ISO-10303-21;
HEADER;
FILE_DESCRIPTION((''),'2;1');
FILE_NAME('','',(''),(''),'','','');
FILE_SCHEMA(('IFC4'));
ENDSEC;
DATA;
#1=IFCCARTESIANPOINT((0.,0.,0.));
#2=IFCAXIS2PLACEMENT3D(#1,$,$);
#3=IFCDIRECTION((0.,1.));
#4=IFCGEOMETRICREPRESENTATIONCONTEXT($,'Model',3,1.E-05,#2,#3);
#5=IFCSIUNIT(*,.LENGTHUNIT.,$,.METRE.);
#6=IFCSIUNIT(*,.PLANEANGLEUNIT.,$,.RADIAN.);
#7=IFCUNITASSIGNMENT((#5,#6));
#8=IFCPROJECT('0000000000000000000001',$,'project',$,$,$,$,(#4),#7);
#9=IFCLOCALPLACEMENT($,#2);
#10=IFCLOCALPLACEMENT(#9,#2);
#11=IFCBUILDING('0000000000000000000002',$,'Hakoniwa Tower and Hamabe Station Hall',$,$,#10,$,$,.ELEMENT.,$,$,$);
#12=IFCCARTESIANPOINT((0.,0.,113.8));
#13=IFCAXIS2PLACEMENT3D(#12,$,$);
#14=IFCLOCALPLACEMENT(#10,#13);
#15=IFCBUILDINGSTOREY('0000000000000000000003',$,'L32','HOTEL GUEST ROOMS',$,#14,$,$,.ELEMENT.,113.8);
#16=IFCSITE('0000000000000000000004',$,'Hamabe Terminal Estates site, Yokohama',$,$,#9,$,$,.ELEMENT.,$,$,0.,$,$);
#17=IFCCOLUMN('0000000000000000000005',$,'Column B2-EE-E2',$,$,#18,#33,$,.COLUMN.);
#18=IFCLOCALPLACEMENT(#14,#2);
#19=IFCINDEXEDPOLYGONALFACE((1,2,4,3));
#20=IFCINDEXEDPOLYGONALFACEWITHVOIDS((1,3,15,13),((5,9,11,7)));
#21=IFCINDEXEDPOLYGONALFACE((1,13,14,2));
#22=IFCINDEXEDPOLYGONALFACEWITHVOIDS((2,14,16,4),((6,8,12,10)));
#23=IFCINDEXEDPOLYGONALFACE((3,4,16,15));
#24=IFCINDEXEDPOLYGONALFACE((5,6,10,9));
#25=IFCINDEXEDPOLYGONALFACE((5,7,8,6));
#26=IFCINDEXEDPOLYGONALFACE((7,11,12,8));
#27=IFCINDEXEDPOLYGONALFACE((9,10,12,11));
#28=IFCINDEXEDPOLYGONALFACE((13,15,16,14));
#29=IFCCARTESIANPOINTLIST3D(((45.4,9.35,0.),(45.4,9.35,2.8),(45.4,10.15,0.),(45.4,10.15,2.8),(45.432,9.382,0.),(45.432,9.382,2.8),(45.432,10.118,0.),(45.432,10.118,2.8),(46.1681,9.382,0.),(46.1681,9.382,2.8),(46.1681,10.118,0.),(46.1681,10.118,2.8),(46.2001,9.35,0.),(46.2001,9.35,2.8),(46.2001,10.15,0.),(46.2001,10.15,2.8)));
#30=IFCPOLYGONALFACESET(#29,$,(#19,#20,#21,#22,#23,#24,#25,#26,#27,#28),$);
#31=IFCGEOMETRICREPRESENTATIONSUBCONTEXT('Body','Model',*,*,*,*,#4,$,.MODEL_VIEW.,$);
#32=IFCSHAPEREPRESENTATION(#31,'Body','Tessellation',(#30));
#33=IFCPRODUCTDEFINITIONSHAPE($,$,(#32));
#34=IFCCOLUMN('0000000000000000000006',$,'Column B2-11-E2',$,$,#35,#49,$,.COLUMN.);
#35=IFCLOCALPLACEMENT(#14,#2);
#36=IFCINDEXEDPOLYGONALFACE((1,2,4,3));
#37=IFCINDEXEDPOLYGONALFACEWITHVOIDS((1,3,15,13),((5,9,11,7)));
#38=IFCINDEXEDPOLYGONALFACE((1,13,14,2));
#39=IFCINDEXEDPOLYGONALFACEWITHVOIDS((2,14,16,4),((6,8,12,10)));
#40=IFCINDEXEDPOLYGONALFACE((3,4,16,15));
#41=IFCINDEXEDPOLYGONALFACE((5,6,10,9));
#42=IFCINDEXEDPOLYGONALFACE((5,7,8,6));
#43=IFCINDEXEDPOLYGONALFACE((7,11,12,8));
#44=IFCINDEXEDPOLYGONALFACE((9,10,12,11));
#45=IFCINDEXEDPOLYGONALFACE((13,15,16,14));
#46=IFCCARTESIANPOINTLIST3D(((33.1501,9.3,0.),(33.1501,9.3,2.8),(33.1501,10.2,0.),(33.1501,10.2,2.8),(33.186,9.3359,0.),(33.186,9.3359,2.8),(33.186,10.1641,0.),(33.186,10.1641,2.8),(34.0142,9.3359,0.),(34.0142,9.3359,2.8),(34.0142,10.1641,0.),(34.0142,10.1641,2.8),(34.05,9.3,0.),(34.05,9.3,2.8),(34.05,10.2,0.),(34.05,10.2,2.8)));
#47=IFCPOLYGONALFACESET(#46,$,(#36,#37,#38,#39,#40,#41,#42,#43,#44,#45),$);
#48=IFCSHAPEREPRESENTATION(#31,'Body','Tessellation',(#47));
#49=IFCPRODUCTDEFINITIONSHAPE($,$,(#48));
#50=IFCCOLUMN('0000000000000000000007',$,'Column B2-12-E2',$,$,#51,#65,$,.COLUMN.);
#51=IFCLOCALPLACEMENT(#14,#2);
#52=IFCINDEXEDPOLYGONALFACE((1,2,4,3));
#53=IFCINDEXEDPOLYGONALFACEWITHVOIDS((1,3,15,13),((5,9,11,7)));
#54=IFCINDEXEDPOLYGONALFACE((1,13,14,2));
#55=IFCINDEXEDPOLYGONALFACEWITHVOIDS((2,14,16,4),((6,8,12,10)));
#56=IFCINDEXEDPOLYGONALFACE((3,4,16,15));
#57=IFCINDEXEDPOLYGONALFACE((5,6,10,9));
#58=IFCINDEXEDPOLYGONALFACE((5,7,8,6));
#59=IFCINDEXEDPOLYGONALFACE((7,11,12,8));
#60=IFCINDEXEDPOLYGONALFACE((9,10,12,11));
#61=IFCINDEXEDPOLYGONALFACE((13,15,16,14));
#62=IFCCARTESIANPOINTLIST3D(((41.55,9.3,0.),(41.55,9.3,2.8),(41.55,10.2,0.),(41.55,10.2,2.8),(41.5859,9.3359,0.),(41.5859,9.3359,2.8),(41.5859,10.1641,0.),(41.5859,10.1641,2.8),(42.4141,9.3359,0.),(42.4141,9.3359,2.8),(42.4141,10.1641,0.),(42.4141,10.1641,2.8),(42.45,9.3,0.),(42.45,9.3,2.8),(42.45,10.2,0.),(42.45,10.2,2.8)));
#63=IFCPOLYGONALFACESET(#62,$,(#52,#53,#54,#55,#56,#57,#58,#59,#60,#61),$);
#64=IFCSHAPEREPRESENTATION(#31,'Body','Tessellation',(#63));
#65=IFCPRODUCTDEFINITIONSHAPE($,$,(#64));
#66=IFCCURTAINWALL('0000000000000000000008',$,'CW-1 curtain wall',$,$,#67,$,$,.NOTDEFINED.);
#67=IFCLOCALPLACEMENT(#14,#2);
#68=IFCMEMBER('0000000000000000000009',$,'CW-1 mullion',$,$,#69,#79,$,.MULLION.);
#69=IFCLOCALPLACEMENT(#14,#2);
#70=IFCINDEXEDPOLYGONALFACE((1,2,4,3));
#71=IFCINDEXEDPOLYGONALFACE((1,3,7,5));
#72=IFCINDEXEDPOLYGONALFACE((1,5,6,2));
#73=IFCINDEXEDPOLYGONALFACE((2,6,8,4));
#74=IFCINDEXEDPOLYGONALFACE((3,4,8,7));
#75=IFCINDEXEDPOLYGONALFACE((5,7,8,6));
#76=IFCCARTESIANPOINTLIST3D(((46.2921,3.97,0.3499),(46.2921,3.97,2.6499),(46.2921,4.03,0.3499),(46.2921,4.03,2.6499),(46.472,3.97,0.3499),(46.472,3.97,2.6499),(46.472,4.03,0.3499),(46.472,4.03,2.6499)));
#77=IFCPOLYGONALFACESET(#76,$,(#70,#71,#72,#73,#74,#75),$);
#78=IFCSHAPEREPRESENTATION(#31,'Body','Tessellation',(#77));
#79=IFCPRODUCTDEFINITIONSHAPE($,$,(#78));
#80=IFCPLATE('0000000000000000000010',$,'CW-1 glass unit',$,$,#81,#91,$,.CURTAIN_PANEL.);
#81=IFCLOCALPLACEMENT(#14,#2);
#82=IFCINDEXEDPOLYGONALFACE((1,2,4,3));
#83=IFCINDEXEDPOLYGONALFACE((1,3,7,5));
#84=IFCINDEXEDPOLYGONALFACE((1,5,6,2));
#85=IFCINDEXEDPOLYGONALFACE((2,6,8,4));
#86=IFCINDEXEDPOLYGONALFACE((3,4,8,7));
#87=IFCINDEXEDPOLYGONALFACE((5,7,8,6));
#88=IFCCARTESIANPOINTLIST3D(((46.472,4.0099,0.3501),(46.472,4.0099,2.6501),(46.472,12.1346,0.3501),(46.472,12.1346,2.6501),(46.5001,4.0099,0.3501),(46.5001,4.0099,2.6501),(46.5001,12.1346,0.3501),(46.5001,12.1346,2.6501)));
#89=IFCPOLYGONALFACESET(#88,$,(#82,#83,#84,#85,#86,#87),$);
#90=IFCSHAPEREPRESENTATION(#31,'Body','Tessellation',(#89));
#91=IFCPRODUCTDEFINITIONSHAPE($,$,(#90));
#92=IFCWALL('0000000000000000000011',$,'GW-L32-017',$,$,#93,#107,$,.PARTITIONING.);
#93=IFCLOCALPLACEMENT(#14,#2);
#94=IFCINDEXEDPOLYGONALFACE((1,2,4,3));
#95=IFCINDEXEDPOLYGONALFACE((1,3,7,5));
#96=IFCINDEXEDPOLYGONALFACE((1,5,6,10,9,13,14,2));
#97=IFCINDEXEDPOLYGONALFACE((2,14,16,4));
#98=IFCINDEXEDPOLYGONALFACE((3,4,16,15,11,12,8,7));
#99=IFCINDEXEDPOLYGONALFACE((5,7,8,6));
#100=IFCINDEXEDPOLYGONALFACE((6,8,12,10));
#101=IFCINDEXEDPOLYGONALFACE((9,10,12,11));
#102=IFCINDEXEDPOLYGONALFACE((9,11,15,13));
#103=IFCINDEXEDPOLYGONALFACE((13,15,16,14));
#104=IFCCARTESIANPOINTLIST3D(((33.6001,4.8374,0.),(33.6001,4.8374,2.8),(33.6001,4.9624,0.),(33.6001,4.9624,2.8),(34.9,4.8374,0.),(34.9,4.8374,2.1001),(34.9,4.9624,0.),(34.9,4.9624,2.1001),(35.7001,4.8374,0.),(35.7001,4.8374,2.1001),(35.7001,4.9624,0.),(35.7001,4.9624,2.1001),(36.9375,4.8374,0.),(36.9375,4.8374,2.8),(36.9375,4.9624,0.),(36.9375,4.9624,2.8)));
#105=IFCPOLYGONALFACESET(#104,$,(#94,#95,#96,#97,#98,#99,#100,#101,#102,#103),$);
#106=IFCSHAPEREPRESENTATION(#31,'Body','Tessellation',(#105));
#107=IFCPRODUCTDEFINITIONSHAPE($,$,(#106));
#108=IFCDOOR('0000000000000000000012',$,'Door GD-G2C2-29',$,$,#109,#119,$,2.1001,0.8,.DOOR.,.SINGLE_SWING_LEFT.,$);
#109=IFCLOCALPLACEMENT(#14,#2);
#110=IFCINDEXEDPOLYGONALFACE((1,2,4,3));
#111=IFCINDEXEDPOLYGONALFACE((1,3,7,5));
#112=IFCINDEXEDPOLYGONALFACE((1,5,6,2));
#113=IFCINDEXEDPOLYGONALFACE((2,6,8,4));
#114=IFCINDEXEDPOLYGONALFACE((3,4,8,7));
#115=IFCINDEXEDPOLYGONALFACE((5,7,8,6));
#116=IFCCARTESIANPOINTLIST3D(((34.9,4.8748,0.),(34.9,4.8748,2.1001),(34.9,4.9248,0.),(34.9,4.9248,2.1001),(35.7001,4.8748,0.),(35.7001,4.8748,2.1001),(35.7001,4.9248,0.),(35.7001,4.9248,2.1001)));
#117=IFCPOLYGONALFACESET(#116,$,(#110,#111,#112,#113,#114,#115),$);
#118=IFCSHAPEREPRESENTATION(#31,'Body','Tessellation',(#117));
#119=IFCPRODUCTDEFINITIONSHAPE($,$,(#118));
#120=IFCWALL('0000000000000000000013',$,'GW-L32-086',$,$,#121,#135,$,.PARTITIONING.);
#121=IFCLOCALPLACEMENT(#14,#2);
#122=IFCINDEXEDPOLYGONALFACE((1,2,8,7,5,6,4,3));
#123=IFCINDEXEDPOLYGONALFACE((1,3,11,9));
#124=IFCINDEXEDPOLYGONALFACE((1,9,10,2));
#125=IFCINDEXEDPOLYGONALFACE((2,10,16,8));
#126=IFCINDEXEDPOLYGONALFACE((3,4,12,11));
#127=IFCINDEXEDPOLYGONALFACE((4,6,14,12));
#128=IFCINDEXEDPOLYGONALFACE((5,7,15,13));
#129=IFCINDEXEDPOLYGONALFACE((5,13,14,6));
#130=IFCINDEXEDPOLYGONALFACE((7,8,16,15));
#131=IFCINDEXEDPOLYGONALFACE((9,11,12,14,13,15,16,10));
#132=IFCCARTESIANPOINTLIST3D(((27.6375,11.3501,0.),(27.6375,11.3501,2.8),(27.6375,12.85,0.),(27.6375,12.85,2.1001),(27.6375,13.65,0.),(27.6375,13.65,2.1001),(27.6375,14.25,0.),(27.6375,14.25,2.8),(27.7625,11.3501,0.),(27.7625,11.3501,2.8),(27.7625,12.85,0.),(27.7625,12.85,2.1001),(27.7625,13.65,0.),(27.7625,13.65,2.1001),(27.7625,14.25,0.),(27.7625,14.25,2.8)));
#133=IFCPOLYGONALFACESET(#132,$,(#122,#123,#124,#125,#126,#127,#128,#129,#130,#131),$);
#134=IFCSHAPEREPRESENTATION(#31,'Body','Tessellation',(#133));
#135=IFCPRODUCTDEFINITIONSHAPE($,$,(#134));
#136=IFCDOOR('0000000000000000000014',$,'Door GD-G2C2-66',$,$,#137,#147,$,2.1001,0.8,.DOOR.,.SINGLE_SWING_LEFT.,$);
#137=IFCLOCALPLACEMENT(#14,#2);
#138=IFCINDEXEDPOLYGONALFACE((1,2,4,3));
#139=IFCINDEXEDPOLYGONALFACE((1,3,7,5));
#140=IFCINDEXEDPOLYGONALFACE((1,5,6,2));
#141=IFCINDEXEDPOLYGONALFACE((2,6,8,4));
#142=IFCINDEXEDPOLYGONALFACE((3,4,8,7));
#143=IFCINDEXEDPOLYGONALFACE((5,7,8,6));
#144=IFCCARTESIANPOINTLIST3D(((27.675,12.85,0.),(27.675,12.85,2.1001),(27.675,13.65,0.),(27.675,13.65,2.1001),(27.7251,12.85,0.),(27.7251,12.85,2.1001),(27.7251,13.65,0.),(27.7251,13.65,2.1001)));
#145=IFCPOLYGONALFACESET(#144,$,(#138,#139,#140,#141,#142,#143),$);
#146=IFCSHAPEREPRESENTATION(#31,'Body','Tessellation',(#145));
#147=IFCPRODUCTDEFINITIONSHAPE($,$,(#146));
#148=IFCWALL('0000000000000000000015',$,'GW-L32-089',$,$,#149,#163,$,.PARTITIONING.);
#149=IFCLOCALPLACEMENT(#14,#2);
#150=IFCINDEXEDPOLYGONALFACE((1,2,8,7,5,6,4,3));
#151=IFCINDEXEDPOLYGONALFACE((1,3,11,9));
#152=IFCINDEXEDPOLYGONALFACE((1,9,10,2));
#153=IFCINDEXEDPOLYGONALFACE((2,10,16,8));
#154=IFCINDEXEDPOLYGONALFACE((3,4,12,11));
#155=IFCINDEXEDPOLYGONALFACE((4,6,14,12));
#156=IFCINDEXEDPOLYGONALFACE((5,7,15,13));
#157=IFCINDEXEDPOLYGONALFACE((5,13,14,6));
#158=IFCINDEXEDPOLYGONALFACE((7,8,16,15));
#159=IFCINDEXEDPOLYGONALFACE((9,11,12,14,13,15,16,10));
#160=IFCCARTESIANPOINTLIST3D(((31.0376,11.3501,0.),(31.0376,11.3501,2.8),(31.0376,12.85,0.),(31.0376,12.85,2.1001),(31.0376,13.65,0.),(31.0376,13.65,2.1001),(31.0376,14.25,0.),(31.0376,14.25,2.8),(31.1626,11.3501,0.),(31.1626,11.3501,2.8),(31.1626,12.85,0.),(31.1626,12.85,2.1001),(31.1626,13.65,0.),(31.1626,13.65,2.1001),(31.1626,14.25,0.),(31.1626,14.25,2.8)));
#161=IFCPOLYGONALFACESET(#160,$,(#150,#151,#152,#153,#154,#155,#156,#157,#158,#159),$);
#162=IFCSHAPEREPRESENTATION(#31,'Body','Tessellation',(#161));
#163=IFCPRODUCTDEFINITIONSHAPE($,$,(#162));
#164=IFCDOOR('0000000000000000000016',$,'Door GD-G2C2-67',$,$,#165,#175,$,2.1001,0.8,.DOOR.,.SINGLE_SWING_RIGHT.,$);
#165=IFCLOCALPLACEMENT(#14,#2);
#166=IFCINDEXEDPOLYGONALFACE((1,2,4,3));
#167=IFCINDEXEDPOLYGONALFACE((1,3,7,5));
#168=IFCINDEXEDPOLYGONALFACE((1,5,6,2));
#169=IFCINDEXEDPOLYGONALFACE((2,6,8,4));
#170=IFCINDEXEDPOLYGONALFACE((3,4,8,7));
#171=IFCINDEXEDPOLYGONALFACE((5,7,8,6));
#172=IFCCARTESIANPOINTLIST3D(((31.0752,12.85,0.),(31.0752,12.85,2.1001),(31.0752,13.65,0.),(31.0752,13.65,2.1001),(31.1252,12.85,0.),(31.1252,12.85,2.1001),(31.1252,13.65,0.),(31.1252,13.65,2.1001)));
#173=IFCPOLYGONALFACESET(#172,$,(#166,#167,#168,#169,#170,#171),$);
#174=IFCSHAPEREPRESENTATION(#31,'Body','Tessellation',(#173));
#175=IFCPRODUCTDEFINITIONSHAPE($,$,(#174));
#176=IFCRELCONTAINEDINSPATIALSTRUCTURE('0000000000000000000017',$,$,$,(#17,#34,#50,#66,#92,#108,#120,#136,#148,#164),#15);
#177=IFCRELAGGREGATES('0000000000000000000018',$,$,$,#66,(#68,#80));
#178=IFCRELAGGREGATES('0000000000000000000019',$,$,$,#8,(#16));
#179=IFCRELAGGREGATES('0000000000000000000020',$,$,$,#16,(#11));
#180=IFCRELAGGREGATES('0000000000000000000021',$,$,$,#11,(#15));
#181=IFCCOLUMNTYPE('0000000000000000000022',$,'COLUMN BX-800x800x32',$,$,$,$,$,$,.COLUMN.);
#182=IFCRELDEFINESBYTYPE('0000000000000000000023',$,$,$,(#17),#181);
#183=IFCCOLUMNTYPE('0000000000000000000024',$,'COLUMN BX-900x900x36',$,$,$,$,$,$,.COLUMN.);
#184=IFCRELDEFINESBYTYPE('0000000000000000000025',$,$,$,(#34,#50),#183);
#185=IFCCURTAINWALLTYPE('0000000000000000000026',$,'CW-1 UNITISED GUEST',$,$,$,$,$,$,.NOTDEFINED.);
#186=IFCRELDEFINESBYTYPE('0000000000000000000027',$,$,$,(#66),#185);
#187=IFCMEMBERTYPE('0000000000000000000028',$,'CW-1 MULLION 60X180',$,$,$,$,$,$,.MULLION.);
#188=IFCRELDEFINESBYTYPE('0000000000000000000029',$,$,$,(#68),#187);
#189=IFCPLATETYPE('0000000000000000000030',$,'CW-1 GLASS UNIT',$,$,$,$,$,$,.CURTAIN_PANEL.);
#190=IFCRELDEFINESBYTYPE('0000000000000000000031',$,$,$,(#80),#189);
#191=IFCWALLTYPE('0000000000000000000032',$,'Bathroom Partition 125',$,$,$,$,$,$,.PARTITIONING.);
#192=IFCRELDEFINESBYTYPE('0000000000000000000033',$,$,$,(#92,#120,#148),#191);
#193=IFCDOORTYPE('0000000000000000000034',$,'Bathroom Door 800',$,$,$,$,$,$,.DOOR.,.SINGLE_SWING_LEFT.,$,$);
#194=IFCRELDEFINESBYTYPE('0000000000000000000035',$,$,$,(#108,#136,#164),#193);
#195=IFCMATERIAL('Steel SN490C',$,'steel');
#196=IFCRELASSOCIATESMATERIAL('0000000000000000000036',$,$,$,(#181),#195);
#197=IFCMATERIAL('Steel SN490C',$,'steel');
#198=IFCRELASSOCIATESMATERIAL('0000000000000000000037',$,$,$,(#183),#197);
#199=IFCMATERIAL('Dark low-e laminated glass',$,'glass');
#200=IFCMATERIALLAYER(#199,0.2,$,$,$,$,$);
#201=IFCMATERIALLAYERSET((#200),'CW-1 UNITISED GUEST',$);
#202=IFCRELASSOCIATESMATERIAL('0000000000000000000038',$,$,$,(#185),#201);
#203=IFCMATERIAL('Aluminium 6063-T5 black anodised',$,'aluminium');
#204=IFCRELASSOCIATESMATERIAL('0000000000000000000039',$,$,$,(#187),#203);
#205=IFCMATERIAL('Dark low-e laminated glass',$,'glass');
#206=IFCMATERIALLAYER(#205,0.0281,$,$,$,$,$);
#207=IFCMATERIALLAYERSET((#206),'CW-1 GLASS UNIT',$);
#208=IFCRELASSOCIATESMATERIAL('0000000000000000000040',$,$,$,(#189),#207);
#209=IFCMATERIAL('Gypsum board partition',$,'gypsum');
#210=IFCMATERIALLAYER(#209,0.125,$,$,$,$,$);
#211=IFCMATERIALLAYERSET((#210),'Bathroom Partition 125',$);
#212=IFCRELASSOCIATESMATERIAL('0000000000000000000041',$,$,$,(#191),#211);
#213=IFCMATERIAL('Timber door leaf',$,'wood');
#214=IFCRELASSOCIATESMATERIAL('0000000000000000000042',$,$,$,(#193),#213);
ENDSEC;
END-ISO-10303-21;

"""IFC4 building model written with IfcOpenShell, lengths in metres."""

from ifc_helpers import new_model, si_unit, direction, frame, frame_2d, origin, origin_2d, place, context, subcontext, project, spatial, rectangle, hollow_rectangle, extrude, material, layer, layer_set, material_profile, profile_set, type_object, element, fill, aggregate, save


model = new_model("IFC4")

# Units and contexts
model_context = context("Model", 3, precision=1e-05, world=origin(), true_north=direction((0.0, 1.0)))
body_context = subcontext(model_context, "Body", "Model", "MODEL_VIEW")
ifc_project = project(units=[si_unit("LENGTHUNIT", "METRE"), si_unit("PLANEANGLEUNIT", "RADIAN")], contexts=[model_context])

# Site, building, storey
site_placement = place(None, origin())
site = spatial("IfcSite", under=ifc_project, at=site_placement, Name="Hamabe Terminal Estates site, Yokohama", CompositionType="ELEMENT", RefElevation=0.0)
building_placement = place(site_placement, origin())
building = spatial("IfcBuilding", under=site, at=building_placement, Name="Hakoniwa Tower and Hamabe Station Hall", CompositionType="ELEMENT")
storey_placement = place(building_placement, frame((0.0, 0.0, 113.8)))
storey = spatial("IfcBuildingStorey", under=building, at=storey_placement, Name="L32", Description="HOTEL GUEST ROOMS", CompositionType="ELEMENT", Elevation=113.8)

# Columns
ifc_material_1 = material(Name="Steel SN490C", Category="steel")
ifc_material_profile_1 = material_profile(ifc_material_1, hollow_rectangle(XDim=0.8, YDim=0.8, WallThickness=0.032, at=origin_2d()), Name="BX-800x800x32")
ifc_profile_set_1 = profile_set([ifc_material_profile_1], Name="Steel SN490C")
column_type_1 = type_object("IfcColumnType", Name="COLUMN BX-800x800x32", PredefinedType="COLUMN", material=ifc_profile_set_1)
column_placement = place(storey_placement, frame((45.8, 9.75, 0.0), z_axis=(0.0, 0.0, 1.0), x_axis=(1.0, 0.0, 0.0)))
element("IfcColumn", 1, at=column_placement, inside=storey, type_object=column_type_1, Name="Column B2-EE-E2", PredefinedType="COLUMN", context=body_context, shape_type="SweptSolid", body=[
    extrude(hollow_rectangle(XDim=0.8, YDim=0.8, WallThickness=0.032, at=origin_2d()), origin(), (0.0, 0.0, 1.0), 2.8),
])
ifc_material_2 = material(Name="Steel SN490C", Category="steel")
ifc_material_profile_2 = material_profile(ifc_material_2, hollow_rectangle(XDim=0.8999, YDim=0.8999, WallThickness=0.0359, at=origin_2d()), Name="BX-900x900x36")
ifc_profile_set_2 = profile_set([ifc_material_profile_2], Name="Steel SN490C")
column_type_2 = type_object("IfcColumnType", Name="COLUMN BX-900x900x36", PredefinedType="COLUMN", material=ifc_profile_set_2)
for number, where, z_axis, x_axis, name in (
    (2, (33.6001, 9.75, 0.0), (0.0, 0.0, 1.0), (1.0, 0.0, 0.0), "Column B2-11-E2"),
    (3, (42.0, 9.75, 0.0), (0.0, 0.0, 1.0), (1.0, 0.0, 0.0), "Column B2-12-E2"),
):
    element("IfcColumn", number, at=place(storey_placement, frame(where, z_axis=z_axis, x_axis=x_axis)), inside=storey, type_object=column_type_2, Name=name, PredefinedType="COLUMN", context=body_context, shape_type="SweptSolid", body=[
        extrude(hollow_rectangle(XDim=0.8999, YDim=0.8999, WallThickness=0.0359, at=origin_2d()), origin(), (0.0, 0.0, 1.0), 2.8),
    ])

# Curtain wall, member, plate
ifc_material_3 = material(Name="Dark low-e laminated glass", Category="glass")
ifc_layer_1 = layer(ifc_material_3, 0.2)
ifc_layer_set_1 = layer_set([ifc_layer_1], Name="CW-1 UNITISED GUEST")
curtain_wall_type = type_object("IfcCurtainWallType", Name="CW-1 UNITISED GUEST", PredefinedType="NOTDEFINED", material=ifc_layer_set_1)
curtain_wall_placement = place(storey_placement, origin())
curtain_wall = element("IfcCurtainWall", 4, at=curtain_wall_placement, inside=storey, type_object=curtain_wall_type, Name="CW-1 curtain wall", PredefinedType="NOTDEFINED")
ifc_material_4 = material(Name="Aluminium 6063-T5 black anodised", Category="aluminium")
ifc_material_profile_3 = material_profile(ifc_material_4, rectangle(XDim=0.0601, YDim=0.1799, at=origin_2d()), Name="CW-1 MULLION 60X180")
ifc_profile_set_3 = profile_set([ifc_material_profile_3], Name="Aluminium 6063-T5 black anodised")
member_type = type_object("IfcMemberType", Name="CW-1 MULLION 60X180", PredefinedType="MULLION", material=ifc_profile_set_3)
member_placement = place(storey_placement, frame((46.3821, 4.0, 0.3499), z_axis=(0.0, 0.0, 1.0), x_axis=(0.0, 1.0, 0.0)))
member = element("IfcMember", 5, at=member_placement, type_object=member_type, Name="CW-1 mullion", PredefinedType="MULLION", context=body_context, shape_type="SweptSolid", body=[
    extrude(rectangle(XDim=0.0601, YDim=0.1799, at=origin_2d()), origin(), (0.0, 0.0, 1.0), 2.3),
])
ifc_material_5 = material(Name="Dark low-e laminated glass", Category="glass")
ifc_layer_2 = layer(ifc_material_5, 0.0281)
ifc_layer_set_2 = layer_set([ifc_layer_2], Name="CW-1 GLASS UNIT")
plate_type = type_object("IfcPlateType", Name="CW-1 GLASS UNIT", PredefinedType="CURTAIN_PANEL", material=ifc_layer_set_2)
plate_placement = place(storey_placement, frame((46.4861, 8.0723, 0.3501), z_axis=(0.0, 0.0, 1.0), x_axis=(0.0, 1.0, 0.0)))
plate = element("IfcPlate", 6, at=plate_placement, type_object=plate_type, Name="CW-1 glass unit", PredefinedType="CURTAIN_PANEL", context=body_context, shape_type="SweptSolid", body=[
    extrude(rectangle(XDim=8.1248, YDim=0.0281, at=origin_2d()), origin(), (0.0, 0.0, 1.0), 2.3),
])
aggregate(curtain_wall, [member, plate])

# Walls, openings, doors
ifc_material_6 = material(Name="Gypsum board partition", Category="gypsum")
ifc_layer_3 = layer(ifc_material_6, 0.125)
ifc_layer_set_3 = layer_set([ifc_layer_3], Name="Bathroom Partition 125")
wall_type_1 = type_object("IfcWallType", Name="Bathroom Partition 125", PredefinedType="PARTITIONING", material=ifc_layer_set_3)
wall_1_placement = place(storey_placement, frame((33.6001, 4.8999, 0.0), z_axis=(0.0, 0.0, 1.0), x_axis=(1.0, 0.0, 0.0)))
wall_1 = element("IfcWall", 7, at=wall_1_placement, inside=storey, type_object=wall_type_1, Name="GW-L32-017", PredefinedType="PARTITIONING", context=body_context, shape_type="SweptSolid", body=[
    extrude(rectangle(XDim=3.3374, YDim=0.125, at=frame_2d((1.6687, 0.0))), origin(), (0.0, 0.0, 1.0), 2.8),
])
opening_1_placement = place(wall_1_placement, frame((1.3, 0.0, 0.0)))
opening_1 = element("IfcOpeningElement", 8, at=opening_1_placement, cuts=wall_1, PredefinedType="OPENING", context=body_context, shape_type="SweptSolid", body=[
    extrude(rectangle(XDim=0.8, YDim=2.1001, at=frame_2d((0.3999, 1.05))), frame((0.0, 0.0725, 0.0), z_axis=(0.0, -1.0, 0.0), x_axis=(1.0, 0.0, 0.0)), (0.0, 0.0, 1.0), 0.145),
])
ifc_material_7 = material(Name="Timber door leaf", Category="wood")
door_type_1 = type_object("IfcDoorType", Name="Bathroom Door 800", OperationType="SINGLE_SWING_LEFT", PredefinedType="DOOR", material=ifc_material_7)
door_1_placement = place(opening_1_placement, origin())
door_1 = element("IfcDoor", 9, at=door_1_placement, inside=storey, type_object=door_type_1, Name="Door GD-G2C2-29", OperationType="SINGLE_SWING_LEFT", OverallHeight=2.1001, OverallWidth=0.8, PredefinedType="DOOR", context=body_context, shape_type="SweptSolid", body=[
    extrude(rectangle(XDim=0.8, YDim=2.1001, at=frame_2d((0.3999, 1.05))), frame((0.0, 0.0249, 0.0), z_axis=(0.0, -1.0, 0.0), x_axis=(1.0, 0.0, 0.0)), (0.0, 0.0, 1.0), 0.05),
])
fill(opening_1, door_1)
wall_2_placement = place(storey_placement, frame((27.7, 11.3501, 0.0), z_axis=(0.0, 0.0, 1.0), x_axis=(0.0, 1.0, 0.0)))
wall_2 = element("IfcWall", 10, at=wall_2_placement, inside=storey, type_object=wall_type_1, Name="GW-L32-086", PredefinedType="PARTITIONING", context=body_context, shape_type="SweptSolid", body=[
    extrude(rectangle(XDim=2.8999, YDim=0.125, at=frame_2d((1.45, 0.0))), origin(), (0.0, 0.0, 1.0), 2.8),
])
opening_2_placement = place(wall_2_placement, frame((1.5, 0.0, 0.0)))
opening_2 = element("IfcOpeningElement", 11, at=opening_2_placement, cuts=wall_2, PredefinedType="OPENING", context=body_context, shape_type="SweptSolid", body=[
    extrude(rectangle(XDim=0.8, YDim=2.1001, at=frame_2d((0.3999, 1.05))), frame((0.0, 0.0725, 0.0), z_axis=(0.0, -1.0, 0.0), x_axis=(1.0, 0.0, 0.0)), (0.0, 0.0, 1.0), 0.145),
])
door_2_placement = place(opening_2_placement, origin())
door_2 = element("IfcDoor", 12, at=door_2_placement, inside=storey, type_object=door_type_1, Name="Door GD-G2C2-66", OperationType="SINGLE_SWING_LEFT", OverallHeight=2.1001, OverallWidth=0.8, PredefinedType="DOOR", context=body_context, shape_type="SweptSolid", body=[
    extrude(rectangle(XDim=0.8, YDim=2.1001, at=frame_2d((0.3999, 1.05))), frame((0.0, 0.0249, 0.0), z_axis=(0.0, -1.0, 0.0), x_axis=(1.0, 0.0, 0.0)), (0.0, 0.0, 1.0), 0.05),
])
fill(opening_2, door_2)
wall_3_placement = place(storey_placement, frame((31.1001, 11.3501, 0.0), z_axis=(0.0, 0.0, 1.0), x_axis=(0.0, 1.0, 0.0)))
wall_3 = element("IfcWall", 13, at=wall_3_placement, inside=storey, type_object=wall_type_1, Name="GW-L32-089", PredefinedType="PARTITIONING", context=body_context, shape_type="SweptSolid", body=[
    extrude(rectangle(XDim=2.8999, YDim=0.125, at=frame_2d((1.45, 0.0))), origin(), (0.0, 0.0, 1.0), 2.8),
])
opening_3_placement = place(wall_3_placement, frame((1.5, 0.0, 0.0)))
opening_3 = element("IfcOpeningElement", 14, at=opening_3_placement, cuts=wall_3, PredefinedType="OPENING", context=body_context, shape_type="SweptSolid", body=[
    extrude(rectangle(XDim=0.8, YDim=2.1001, at=frame_2d((0.3999, 1.05))), frame((0.0, 0.0725, 0.0), z_axis=(0.0, -1.0, 0.0), x_axis=(1.0, 0.0, 0.0)), (0.0, 0.0, 1.0), 0.145),
])
door_3_placement = place(opening_3_placement, origin())
door_3 = element("IfcDoor", 15, at=door_3_placement, inside=storey, type_object=door_type_1, Name="Door GD-G2C2-67", OperationType="SINGLE_SWING_RIGHT", OverallHeight=2.1001, OverallWidth=0.8, PredefinedType="DOOR", context=body_context, shape_type="SweptSolid", body=[
    extrude(rectangle(XDim=0.8, YDim=2.1001, at=frame_2d((0.3999, 1.05))), frame((0.0, 0.0249, 0.0), z_axis=(0.0, -1.0, 0.0), x_axis=(1.0, 0.0, 0.0)), (0.0, 0.0, 1.0), 0.05),
])
fill(opening_3, door_3)

save(model, "model.ifc")
